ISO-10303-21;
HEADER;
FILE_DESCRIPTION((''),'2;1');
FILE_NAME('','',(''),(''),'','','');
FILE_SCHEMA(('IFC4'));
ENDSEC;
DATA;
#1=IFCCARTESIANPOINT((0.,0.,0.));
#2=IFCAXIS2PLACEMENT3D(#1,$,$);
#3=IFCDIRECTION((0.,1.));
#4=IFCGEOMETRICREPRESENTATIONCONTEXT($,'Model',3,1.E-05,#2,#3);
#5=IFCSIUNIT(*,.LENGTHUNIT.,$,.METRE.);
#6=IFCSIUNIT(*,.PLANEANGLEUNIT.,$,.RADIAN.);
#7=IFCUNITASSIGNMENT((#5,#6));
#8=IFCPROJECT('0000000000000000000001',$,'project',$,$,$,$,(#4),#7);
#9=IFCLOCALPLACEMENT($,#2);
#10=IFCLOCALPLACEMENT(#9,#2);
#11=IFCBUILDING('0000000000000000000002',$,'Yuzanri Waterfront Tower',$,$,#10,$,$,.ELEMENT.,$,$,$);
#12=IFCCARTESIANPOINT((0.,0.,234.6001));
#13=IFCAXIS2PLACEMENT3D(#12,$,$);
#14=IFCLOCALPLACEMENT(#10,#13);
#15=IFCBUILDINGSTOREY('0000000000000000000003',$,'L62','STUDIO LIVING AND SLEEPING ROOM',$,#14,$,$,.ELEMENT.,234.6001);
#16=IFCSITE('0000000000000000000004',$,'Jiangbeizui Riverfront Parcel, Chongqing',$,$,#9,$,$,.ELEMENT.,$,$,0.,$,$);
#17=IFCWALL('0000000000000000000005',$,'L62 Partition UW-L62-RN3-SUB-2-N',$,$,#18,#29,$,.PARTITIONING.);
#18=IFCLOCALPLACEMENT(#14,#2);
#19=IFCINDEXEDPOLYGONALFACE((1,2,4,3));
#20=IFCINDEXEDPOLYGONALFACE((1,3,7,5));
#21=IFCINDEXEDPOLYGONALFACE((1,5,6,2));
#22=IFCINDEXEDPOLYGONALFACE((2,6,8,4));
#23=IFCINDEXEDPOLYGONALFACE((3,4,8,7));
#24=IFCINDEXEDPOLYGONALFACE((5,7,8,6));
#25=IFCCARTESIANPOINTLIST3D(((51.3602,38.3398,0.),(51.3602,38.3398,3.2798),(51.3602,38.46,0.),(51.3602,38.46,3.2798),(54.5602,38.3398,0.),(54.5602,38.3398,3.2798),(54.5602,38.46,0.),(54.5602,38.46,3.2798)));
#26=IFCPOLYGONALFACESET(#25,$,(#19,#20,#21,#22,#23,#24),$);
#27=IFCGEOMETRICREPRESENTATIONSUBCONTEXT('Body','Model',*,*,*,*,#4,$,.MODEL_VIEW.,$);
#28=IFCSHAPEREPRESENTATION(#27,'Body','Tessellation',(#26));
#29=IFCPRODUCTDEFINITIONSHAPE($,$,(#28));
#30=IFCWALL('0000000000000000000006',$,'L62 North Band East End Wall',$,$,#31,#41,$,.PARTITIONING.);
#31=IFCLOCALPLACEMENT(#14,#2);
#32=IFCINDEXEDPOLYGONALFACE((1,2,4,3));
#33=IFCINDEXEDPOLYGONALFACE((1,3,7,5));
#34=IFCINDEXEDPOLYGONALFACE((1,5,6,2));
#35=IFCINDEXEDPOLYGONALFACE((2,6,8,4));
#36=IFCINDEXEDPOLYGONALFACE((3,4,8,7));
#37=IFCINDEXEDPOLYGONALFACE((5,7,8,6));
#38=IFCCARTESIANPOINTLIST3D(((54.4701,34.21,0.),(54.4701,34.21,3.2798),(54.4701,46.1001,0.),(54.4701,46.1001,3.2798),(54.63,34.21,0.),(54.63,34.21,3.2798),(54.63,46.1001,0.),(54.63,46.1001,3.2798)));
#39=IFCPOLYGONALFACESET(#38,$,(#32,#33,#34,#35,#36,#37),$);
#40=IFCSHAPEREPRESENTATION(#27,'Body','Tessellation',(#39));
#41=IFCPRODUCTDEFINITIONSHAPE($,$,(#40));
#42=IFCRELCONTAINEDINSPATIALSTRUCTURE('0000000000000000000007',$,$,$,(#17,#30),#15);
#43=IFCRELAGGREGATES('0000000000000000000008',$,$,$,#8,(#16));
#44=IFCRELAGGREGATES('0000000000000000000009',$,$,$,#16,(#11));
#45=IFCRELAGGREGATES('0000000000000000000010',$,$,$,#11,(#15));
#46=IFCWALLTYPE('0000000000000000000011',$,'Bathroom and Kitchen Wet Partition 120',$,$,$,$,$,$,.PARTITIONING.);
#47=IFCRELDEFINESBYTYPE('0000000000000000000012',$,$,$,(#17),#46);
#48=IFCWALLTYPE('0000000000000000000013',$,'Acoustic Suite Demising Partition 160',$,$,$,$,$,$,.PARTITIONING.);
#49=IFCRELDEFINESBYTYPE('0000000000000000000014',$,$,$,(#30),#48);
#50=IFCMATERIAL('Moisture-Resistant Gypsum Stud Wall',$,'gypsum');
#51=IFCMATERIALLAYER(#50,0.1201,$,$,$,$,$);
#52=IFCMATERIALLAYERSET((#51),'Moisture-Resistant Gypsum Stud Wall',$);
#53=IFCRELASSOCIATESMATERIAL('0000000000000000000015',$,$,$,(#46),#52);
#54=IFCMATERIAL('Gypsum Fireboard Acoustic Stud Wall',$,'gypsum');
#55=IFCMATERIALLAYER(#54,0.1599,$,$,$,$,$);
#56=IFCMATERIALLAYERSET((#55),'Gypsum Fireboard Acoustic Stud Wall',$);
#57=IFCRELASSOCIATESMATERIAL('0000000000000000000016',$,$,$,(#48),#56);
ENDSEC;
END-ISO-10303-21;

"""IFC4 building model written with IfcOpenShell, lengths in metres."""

from ifc_helpers import new_model, si_unit, direction, frame, frame_2d, origin, place, context, subcontext, project, spatial, rectangle, extrude, source, transform, mapped, material, layer, layer_set, type_object, element, save


model = new_model("IFC4")

# Units and contexts
model_context = context("Model", 3, precision=1e-05, world=origin(), true_north=direction((0.0, 1.0)))
body_context = subcontext(model_context, "Body", "Model", "MODEL_VIEW")
ifc_project = project(units=[si_unit("LENGTHUNIT", "METRE"), si_unit("PLANEANGLEUNIT", "RADIAN")], contexts=[model_context])

# Site, building, storey
site_placement = place(None, origin())
site = spatial("IfcSite", under=ifc_project, at=site_placement, Name="Jiangbeizui Riverfront Parcel, Chongqing", CompositionType="ELEMENT", RefElevation=0.0)
building_placement = place(site_placement, origin())
building = spatial("IfcBuilding", under=site, at=building_placement, Name="Yuzanri Waterfront Tower", CompositionType="ELEMENT")
storey_placement = place(building_placement, frame((0.0, 0.0, 234.6001)))
storey = spatial("IfcBuildingStorey", under=building, at=storey_placement, Name="L62", Description="STUDIO LIVING AND SLEEPING ROOM", CompositionType="ELEMENT", Elevation=234.6001)

# Walls
ifc_material_1 = material(Name="Moisture-Resistant Gypsum Stud Wall", Category="gypsum")
ifc_layer_1 = layer(ifc_material_1, 0.1201)
ifc_layer_set_1 = layer_set([ifc_layer_1], Name="Moisture-Resistant Gypsum Stud Wall")
wall_type_1 = type_object("IfcWallType", Name="Bathroom and Kitchen Wet Partition 120", PredefinedType="PARTITIONING", material=ifc_layer_set_1)
shared_shape_1 = source(origin(), body_context, "Body", "SweptSolid", [
    extrude(rectangle(XDim=3.2, YDim=0.1201, at=frame_2d((1.6001, 0.0))), origin(), (0.0, 0.0, 1.0), 3.2798),
])
wall_1_placement = place(storey_placement, frame((51.3601, 38.3999, 0.0), z_axis=(0.0, 0.0, 1.0), x_axis=(1.0, 0.0, 0.0)))
element("IfcWall", 1, at=wall_1_placement, inside=storey, type_object=wall_type_1, Name="L62 Partition UW-L62-RN3-SUB-2-N", PredefinedType="PARTITIONING", context=body_context, shape_type="MappedRepresentation", body=[
    mapped(shared_shape_1, transform((0.0, 0.0, 0.0), scale=1.0)),
])
ifc_material_2 = material(Name="Gypsum Fireboard Acoustic Stud Wall", Category="gypsum")
ifc_layer_2 = layer(ifc_material_2, 0.1599)
ifc_layer_set_2 = layer_set([ifc_layer_2], Name="Gypsum Fireboard Acoustic Stud Wall")
wall_type_2 = type_object("IfcWallType", Name="Acoustic Suite Demising Partition 160", PredefinedType="PARTITIONING", material=ifc_layer_set_2)
shared_shape_2 = source(origin(), body_context, "Body", "SweptSolid", [
    extrude(rectangle(XDim=11.8901, YDim=0.1599, at=frame_2d((5.9451, 0.0))), origin(), (0.0, 0.0, 1.0), 3.2798),
])
wall_2_placement = place(storey_placement, frame((54.55, 34.21, 0.0), z_axis=(0.0, 0.0, 1.0), x_axis=(0.0, 1.0, 0.0)))
element("IfcWall", 2, at=wall_2_placement, inside=storey, type_object=wall_type_2, Name="L62 North Band East End Wall", PredefinedType="PARTITIONING", context=body_context, shape_type="MappedRepresentation", body=[
    mapped(shared_shape_2, transform((0.0, 0.0, 0.0), scale=1.0)),
])

save(model, "model.ifc")
